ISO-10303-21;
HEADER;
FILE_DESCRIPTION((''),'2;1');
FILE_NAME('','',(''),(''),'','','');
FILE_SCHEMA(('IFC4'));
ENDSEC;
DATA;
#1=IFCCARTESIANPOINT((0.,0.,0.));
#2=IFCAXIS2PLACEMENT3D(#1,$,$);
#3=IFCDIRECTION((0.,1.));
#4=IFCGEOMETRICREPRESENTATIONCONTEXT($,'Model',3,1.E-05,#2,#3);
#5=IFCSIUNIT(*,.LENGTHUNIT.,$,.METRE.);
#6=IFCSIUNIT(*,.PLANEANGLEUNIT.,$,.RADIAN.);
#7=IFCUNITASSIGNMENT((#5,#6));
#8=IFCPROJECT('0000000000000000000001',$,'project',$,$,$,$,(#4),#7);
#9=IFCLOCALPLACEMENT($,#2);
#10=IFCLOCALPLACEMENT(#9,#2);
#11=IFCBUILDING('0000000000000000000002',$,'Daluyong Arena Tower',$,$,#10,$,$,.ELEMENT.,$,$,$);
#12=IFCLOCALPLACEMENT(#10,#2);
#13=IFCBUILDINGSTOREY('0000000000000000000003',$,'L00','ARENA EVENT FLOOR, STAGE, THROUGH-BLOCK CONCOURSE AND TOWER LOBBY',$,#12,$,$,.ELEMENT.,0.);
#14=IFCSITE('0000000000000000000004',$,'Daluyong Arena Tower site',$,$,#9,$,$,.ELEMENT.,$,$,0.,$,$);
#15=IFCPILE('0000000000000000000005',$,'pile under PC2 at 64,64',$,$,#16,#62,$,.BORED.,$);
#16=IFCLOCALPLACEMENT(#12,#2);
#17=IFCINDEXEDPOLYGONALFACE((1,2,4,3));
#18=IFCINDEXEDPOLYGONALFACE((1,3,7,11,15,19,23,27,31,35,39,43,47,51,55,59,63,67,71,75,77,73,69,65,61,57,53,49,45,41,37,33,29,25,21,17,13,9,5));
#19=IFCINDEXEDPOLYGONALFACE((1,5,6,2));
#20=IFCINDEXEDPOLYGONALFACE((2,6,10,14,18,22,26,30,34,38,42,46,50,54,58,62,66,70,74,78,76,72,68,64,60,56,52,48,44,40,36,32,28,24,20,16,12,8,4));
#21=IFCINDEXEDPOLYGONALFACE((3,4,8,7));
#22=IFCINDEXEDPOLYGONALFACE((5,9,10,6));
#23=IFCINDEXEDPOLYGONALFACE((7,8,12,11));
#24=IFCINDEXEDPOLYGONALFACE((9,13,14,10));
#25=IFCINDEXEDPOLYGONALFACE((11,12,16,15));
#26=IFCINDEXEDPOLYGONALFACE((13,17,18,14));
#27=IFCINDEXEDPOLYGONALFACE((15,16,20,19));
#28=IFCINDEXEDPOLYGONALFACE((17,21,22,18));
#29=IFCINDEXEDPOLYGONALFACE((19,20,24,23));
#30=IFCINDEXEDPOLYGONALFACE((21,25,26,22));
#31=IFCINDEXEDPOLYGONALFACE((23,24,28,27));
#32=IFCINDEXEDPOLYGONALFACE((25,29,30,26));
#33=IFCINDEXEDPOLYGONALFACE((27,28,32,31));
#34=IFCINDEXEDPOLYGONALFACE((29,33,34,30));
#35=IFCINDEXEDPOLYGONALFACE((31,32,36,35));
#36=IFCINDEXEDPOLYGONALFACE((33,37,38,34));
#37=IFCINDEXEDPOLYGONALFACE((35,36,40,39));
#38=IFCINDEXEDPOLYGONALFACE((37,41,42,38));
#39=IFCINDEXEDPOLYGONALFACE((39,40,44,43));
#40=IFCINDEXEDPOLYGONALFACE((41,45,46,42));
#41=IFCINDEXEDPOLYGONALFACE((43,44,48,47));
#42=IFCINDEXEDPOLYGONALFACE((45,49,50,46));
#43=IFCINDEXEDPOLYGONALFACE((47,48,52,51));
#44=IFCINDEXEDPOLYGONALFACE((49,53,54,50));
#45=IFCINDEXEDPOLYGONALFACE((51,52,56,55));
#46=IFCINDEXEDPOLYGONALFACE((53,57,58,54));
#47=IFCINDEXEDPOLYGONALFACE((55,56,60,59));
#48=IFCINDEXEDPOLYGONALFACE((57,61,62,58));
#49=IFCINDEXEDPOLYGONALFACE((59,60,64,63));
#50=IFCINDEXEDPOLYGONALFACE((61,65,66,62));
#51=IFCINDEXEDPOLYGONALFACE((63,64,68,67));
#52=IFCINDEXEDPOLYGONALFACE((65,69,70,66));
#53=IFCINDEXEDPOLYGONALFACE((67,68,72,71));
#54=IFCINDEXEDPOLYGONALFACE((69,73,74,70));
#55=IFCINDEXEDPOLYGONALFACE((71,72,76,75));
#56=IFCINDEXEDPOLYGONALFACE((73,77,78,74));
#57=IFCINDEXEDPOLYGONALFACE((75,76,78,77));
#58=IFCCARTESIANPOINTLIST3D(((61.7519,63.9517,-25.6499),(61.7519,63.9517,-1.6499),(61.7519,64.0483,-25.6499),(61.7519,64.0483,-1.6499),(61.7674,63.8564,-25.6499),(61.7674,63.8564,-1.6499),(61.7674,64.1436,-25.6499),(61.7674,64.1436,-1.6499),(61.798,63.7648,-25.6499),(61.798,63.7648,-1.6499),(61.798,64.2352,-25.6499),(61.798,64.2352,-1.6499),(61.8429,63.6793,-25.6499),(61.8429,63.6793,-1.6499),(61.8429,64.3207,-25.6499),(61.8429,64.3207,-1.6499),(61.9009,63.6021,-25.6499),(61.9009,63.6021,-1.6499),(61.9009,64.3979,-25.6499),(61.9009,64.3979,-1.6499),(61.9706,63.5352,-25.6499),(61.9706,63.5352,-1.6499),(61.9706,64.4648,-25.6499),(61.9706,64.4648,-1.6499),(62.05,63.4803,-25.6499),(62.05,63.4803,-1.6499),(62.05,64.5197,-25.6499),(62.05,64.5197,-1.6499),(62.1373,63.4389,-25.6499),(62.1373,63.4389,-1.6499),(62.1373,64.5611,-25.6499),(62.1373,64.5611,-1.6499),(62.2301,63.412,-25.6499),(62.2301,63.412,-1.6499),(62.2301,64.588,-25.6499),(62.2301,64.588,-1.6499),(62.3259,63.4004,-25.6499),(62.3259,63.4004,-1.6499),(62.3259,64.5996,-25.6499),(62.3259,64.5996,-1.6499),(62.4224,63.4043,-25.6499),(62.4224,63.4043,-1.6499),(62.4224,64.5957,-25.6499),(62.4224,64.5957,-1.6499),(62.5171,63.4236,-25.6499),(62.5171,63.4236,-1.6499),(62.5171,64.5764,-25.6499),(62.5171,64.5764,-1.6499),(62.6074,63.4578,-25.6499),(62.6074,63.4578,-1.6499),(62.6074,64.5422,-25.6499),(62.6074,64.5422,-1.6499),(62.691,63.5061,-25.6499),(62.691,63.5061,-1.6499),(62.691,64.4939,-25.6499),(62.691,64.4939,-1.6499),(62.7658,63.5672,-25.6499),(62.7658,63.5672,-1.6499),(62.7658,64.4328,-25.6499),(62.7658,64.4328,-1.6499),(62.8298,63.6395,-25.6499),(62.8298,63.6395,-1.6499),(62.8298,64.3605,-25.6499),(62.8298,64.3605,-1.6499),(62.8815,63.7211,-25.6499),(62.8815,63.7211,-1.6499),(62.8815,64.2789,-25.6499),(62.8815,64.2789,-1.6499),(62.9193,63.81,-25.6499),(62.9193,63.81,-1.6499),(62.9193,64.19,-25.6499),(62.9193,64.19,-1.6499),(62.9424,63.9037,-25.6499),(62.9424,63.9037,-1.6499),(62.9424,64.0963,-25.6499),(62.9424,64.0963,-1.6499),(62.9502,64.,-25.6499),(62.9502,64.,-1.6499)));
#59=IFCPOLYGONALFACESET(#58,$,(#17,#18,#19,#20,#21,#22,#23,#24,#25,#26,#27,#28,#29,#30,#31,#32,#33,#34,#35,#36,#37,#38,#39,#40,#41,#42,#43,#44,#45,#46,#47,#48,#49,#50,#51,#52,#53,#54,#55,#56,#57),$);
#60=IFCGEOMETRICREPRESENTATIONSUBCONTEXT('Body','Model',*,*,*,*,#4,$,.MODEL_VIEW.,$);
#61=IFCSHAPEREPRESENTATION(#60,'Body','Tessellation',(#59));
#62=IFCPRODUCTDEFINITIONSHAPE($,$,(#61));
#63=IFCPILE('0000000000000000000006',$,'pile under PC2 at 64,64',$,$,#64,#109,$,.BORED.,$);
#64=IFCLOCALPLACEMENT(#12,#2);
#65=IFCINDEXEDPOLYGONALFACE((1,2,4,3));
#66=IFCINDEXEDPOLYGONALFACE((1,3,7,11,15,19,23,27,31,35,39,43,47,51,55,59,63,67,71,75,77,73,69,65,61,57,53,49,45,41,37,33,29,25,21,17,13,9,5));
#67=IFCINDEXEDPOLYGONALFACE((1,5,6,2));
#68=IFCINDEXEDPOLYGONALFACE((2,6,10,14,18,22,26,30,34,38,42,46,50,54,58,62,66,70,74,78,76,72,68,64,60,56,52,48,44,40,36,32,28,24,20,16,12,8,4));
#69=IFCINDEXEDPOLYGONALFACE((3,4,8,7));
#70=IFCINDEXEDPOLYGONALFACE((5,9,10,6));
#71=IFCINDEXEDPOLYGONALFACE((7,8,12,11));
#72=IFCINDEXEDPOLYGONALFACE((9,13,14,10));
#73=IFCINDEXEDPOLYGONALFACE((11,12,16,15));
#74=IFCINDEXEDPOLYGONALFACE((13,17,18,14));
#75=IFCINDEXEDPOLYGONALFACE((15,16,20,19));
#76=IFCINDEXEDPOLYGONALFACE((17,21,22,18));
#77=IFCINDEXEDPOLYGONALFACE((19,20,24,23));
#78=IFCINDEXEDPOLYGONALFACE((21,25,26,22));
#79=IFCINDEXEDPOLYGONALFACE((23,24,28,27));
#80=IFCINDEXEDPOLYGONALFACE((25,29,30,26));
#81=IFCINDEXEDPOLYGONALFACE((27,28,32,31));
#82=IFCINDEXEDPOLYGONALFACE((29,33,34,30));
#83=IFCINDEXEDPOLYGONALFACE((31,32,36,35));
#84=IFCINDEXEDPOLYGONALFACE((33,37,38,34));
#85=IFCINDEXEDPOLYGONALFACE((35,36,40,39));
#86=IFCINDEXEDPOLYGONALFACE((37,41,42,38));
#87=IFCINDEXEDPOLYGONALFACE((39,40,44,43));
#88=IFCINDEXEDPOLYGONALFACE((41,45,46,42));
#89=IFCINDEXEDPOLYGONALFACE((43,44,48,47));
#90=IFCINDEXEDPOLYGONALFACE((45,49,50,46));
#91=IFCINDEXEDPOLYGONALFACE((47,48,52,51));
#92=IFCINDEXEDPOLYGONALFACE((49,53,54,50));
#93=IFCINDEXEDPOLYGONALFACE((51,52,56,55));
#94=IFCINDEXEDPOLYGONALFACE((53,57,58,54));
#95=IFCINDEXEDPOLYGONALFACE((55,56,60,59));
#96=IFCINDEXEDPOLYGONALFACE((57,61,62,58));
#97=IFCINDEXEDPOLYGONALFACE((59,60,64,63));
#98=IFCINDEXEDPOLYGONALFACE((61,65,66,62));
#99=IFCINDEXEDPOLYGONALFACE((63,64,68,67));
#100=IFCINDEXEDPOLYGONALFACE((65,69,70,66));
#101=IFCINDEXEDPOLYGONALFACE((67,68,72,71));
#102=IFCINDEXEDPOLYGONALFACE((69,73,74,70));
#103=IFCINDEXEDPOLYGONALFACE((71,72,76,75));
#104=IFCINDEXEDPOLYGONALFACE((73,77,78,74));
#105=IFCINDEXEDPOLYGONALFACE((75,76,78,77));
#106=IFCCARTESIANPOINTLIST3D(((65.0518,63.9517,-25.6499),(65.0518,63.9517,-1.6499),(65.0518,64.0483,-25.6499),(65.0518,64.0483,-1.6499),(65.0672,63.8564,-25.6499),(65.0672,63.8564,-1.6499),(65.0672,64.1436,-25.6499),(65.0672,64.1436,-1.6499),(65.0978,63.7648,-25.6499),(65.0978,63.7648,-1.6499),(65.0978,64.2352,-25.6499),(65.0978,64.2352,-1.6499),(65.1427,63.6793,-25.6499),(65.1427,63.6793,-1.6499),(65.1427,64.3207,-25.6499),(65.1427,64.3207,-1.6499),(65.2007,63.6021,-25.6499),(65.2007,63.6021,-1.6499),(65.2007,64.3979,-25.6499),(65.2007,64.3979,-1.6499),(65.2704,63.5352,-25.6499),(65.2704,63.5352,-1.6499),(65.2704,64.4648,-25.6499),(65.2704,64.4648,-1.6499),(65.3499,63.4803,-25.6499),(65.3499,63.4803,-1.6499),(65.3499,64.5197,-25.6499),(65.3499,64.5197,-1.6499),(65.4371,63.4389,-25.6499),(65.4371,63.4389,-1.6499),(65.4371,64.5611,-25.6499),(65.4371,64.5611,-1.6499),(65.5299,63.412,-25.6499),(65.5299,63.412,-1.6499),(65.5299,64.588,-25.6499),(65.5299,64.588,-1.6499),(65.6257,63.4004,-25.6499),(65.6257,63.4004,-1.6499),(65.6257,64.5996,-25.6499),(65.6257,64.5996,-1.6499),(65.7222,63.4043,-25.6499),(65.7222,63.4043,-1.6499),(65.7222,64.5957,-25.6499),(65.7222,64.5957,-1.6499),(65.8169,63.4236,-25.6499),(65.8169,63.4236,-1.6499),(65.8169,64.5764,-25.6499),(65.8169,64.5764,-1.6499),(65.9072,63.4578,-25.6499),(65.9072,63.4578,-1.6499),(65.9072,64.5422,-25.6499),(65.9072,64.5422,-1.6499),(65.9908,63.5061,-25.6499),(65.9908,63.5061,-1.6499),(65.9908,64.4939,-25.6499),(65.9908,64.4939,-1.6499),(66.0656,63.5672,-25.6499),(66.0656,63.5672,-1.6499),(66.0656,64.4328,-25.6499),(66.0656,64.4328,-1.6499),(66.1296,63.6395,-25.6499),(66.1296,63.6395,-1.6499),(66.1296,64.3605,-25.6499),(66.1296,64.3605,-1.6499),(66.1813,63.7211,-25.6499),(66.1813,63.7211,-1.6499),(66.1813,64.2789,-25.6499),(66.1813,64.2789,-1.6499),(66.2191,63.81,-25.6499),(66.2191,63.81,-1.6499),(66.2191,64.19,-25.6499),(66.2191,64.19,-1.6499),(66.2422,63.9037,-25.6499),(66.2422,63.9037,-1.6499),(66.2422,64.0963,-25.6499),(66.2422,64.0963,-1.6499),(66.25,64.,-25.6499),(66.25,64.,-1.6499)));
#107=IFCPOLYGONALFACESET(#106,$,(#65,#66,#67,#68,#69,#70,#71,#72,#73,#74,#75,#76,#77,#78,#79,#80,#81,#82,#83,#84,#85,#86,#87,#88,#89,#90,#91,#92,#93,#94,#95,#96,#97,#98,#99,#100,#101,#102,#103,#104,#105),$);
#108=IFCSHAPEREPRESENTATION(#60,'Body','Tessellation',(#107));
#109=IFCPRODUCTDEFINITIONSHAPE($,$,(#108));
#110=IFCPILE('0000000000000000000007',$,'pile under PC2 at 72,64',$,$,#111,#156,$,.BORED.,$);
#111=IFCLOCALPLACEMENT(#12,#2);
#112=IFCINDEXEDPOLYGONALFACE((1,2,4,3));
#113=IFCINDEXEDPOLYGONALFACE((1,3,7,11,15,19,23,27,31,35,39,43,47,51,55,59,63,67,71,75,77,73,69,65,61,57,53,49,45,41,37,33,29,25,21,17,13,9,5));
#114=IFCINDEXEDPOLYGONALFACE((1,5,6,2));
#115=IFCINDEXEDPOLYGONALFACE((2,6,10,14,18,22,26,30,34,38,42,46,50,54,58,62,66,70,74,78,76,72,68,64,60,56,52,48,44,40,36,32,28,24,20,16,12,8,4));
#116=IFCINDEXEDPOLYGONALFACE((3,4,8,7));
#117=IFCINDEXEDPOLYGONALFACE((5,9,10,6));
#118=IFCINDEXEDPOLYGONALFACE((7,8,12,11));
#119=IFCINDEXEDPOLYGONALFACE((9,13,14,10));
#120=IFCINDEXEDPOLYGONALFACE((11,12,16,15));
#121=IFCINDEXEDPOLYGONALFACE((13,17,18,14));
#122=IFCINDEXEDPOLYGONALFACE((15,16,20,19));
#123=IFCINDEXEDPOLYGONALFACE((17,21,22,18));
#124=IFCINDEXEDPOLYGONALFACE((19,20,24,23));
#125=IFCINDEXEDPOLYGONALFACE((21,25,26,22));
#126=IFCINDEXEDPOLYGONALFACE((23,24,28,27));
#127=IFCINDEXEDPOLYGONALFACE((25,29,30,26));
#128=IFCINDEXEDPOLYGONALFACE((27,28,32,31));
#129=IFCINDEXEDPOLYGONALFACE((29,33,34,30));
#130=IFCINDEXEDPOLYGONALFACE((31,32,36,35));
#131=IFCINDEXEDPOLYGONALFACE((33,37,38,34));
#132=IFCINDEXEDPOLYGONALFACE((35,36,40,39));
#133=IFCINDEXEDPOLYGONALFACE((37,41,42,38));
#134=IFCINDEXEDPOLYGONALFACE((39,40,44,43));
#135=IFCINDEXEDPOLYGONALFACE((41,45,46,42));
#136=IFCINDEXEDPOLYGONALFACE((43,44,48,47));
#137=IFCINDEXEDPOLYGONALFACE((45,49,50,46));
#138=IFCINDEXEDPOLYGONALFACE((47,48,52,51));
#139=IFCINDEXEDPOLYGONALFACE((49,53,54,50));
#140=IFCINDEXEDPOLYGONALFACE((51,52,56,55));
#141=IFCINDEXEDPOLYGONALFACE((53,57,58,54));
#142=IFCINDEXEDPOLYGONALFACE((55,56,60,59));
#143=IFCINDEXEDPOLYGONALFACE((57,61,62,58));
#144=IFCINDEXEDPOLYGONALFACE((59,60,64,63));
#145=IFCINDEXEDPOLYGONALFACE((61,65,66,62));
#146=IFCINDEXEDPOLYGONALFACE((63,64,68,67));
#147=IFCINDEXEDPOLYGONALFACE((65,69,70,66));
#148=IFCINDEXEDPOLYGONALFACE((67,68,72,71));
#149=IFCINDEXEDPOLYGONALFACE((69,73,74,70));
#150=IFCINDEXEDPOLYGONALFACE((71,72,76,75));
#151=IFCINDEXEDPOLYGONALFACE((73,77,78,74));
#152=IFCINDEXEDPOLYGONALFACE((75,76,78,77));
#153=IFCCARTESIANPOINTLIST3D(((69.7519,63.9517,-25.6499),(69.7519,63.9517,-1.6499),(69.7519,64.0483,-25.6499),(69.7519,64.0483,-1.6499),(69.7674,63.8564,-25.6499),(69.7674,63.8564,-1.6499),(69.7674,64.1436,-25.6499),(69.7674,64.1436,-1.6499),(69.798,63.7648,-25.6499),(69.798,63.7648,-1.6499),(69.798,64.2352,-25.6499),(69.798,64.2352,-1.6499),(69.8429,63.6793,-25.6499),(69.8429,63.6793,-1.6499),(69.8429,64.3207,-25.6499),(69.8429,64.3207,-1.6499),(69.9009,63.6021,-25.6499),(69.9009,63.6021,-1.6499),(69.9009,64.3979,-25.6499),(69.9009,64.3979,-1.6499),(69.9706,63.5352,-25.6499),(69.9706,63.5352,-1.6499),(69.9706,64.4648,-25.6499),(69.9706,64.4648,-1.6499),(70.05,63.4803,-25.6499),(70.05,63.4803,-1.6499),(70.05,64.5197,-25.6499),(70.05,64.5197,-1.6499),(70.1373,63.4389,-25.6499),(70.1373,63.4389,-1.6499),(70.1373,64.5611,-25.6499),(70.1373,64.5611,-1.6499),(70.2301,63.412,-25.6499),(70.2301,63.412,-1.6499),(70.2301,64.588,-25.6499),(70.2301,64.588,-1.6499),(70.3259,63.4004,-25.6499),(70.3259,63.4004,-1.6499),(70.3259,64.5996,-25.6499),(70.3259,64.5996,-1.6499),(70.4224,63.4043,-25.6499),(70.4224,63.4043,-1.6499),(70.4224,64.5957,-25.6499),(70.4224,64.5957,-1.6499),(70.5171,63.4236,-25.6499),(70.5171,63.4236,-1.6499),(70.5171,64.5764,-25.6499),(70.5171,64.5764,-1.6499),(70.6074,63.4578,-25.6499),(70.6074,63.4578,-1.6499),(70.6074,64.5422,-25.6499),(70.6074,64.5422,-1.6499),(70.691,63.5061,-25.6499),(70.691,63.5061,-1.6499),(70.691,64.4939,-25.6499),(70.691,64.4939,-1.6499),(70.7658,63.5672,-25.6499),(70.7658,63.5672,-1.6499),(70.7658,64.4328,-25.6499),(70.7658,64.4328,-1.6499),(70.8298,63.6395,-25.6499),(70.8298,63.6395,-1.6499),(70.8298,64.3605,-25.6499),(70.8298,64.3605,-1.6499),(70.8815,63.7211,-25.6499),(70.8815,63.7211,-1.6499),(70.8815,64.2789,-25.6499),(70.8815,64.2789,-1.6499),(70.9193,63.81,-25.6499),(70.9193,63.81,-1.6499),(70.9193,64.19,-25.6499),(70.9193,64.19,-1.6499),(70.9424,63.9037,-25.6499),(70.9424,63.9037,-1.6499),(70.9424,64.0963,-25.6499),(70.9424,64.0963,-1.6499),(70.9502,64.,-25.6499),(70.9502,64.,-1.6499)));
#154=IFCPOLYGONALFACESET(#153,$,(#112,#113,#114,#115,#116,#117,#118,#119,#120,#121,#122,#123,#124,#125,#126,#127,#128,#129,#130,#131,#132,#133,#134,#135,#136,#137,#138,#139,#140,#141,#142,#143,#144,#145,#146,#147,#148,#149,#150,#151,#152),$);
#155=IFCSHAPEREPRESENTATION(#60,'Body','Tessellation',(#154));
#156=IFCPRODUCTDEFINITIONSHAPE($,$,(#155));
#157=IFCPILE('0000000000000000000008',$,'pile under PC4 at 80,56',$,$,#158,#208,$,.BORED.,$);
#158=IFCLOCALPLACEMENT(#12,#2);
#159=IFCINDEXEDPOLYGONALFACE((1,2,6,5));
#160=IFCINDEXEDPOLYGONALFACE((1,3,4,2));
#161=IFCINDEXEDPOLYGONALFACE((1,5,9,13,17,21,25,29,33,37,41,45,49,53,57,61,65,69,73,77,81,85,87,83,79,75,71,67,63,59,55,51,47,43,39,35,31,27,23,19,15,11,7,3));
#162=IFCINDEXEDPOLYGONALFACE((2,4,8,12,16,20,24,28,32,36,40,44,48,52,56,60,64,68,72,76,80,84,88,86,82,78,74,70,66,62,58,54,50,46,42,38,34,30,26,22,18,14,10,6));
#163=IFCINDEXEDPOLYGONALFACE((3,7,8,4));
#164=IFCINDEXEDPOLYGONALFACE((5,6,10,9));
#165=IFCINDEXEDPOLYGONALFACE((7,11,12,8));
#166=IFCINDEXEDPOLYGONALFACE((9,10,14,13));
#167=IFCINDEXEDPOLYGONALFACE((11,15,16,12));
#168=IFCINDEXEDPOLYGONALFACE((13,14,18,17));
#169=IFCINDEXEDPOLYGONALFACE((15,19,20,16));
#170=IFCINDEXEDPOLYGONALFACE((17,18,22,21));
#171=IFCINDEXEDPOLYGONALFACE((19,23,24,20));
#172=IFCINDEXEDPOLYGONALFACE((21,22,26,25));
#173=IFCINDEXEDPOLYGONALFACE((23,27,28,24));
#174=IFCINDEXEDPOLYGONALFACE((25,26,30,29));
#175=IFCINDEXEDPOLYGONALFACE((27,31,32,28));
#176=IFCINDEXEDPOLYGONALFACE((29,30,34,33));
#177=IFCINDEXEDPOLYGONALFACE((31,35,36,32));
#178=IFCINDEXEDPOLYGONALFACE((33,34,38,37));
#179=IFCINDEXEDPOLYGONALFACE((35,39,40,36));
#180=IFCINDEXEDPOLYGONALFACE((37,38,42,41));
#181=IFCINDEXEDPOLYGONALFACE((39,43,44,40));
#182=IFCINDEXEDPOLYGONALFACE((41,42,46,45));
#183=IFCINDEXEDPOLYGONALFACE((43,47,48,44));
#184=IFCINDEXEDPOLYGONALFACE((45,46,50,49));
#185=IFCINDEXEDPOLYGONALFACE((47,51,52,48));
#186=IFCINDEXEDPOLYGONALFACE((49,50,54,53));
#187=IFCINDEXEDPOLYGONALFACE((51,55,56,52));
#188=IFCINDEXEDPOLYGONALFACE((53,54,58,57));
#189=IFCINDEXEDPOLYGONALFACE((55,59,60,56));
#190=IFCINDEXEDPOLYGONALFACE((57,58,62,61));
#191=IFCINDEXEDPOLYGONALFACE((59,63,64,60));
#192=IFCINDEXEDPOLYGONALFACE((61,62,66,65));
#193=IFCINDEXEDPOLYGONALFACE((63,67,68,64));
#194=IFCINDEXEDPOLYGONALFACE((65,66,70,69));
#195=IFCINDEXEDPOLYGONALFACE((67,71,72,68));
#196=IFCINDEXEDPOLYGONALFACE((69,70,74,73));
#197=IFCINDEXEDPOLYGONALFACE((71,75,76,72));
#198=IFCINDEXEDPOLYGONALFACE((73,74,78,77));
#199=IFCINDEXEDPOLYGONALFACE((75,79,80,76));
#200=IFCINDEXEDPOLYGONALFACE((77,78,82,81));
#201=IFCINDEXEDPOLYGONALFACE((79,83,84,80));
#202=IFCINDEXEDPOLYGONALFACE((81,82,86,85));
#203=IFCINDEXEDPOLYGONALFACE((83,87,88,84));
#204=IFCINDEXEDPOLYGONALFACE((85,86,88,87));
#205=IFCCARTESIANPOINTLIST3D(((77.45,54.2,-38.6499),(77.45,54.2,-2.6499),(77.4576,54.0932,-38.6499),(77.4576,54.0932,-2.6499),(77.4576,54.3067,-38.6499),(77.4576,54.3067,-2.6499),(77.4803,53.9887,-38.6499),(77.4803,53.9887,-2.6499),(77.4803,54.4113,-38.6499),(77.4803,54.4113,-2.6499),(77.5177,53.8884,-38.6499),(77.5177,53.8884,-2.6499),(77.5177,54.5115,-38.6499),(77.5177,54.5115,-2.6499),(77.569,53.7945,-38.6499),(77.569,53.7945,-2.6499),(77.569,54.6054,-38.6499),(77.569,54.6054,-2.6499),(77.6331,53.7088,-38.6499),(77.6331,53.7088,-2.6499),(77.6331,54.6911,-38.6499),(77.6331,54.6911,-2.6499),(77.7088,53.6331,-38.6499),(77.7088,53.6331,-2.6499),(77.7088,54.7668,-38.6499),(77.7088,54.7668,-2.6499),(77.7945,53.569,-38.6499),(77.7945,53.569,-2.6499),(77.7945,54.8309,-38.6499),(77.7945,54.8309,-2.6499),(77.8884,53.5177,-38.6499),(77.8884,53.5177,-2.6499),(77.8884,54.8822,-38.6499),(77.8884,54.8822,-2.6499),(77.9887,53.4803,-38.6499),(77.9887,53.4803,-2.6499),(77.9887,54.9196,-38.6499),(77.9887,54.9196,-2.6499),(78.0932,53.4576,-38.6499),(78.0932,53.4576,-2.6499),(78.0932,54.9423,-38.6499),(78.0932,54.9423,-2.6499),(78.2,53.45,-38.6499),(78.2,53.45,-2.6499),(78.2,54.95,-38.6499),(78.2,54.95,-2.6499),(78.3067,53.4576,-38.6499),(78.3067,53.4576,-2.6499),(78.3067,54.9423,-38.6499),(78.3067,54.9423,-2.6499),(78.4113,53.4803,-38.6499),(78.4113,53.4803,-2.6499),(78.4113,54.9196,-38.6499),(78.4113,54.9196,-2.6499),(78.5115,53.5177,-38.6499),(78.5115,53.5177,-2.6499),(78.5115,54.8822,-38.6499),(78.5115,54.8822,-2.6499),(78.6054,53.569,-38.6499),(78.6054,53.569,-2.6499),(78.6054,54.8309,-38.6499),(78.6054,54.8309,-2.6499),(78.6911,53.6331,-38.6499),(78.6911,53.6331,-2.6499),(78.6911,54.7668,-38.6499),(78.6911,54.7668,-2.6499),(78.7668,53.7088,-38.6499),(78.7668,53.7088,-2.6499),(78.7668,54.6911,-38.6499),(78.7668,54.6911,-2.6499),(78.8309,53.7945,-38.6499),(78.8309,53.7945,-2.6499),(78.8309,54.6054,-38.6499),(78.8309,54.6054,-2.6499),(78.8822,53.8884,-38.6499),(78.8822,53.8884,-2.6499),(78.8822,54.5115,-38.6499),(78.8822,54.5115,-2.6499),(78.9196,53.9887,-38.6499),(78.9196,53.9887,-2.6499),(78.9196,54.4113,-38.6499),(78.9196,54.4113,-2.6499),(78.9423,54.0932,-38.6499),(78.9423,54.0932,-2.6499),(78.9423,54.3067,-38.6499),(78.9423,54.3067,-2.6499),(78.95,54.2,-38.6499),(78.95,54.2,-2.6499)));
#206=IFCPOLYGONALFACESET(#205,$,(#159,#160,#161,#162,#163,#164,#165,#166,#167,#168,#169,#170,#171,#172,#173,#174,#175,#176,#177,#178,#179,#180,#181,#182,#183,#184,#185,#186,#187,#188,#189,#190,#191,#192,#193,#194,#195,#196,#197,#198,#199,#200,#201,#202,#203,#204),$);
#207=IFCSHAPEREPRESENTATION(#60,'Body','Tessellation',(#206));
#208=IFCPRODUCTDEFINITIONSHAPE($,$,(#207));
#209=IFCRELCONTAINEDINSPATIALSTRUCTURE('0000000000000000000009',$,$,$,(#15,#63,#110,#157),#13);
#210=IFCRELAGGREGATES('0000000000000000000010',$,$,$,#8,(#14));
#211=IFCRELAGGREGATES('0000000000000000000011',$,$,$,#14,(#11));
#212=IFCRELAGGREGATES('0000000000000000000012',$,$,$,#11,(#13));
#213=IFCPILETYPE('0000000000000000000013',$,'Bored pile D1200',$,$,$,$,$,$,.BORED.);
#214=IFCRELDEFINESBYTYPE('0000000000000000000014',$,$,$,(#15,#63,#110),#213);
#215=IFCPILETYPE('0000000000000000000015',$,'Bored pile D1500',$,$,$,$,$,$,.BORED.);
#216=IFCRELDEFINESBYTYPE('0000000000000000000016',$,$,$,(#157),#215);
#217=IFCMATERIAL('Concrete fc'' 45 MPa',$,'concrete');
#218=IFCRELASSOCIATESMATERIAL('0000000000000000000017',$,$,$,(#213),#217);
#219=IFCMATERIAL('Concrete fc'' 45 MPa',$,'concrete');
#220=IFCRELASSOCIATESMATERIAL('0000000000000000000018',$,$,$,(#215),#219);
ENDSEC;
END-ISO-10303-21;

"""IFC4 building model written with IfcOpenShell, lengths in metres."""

from ifc_helpers import new_model, si_unit, direction, frame, origin, origin_2d, place, context, subcontext, project, spatial, circle, extrude, material, type_object, element, save


model = new_model("IFC4")

# Units and contexts
model_context = context("Model", 3, precision=1e-05, world=origin(), true_north=direction((0.0, 1.0)))
body_context = subcontext(model_context, "Body", "Model", "MODEL_VIEW")
ifc_project = project(units=[si_unit("LENGTHUNIT", "METRE"), si_unit("PLANEANGLEUNIT", "RADIAN")], contexts=[model_context])

# Site, building, storey
site_placement = place(None, origin())
site = spatial("IfcSite", under=ifc_project, at=site_placement, Name="Daluyong Arena Tower site", CompositionType="ELEMENT", RefElevation=0.0)
building_placement = place(site_placement, origin())
building = spatial("IfcBuilding", under=site, at=building_placement, Name="Daluyong Arena Tower", CompositionType="ELEMENT")
storey_placement = place(building_placement, origin())
storey = spatial("IfcBuildingStorey", under=building, at=storey_placement, Name="L00", Description="ARENA EVENT FLOOR, STAGE, THROUGH-BLOCK CONCOURSE AND TOWER LOBBY", CompositionType="ELEMENT", Elevation=0.0)

# Piles
ifc_material_1 = material(Name="Concrete fc' 45 MPa", Category="concrete")
pile_type_1 = type_object("IfcPileType", Name="Bored pile D1200", PredefinedType="BORED", material=ifc_material_1)
for number, where, z_axis, x_axis, name in (
    (1, (62.3501, 64.0, -1.6499), (0.0, 0.0, -1.0), (1.0, 0.0, 0.0), "pile under PC2 at 64,64"),
    (2, (65.6499, 64.0, -1.6499), (0.0, 0.0, -1.0), (1.0, 0.0, 0.0), "pile under PC2 at 64,64"),
    (3, (70.3501, 64.0, -1.6499), (0.0, 0.0, -1.0), (1.0, 0.0, 0.0), "pile under PC2 at 72,64"),
):
    element("IfcPile", number, at=place(storey_placement, frame(where, z_axis=z_axis, x_axis=x_axis)), inside=storey, type_object=pile_type_1, Name=name, PredefinedType="BORED", context=body_context, shape_type="SweptSolid", body=[
        extrude(circle(Radius=0.6001, at=origin_2d()), origin(), (0.0, 0.0, 1.0), 24.0),
    ])
ifc_material_2 = material(Name="Concrete fc' 45 MPa", Category="concrete")
pile_type_2 = type_object("IfcPileType", Name="Bored pile D1500", PredefinedType="BORED", material=ifc_material_2)
for number, where, z_axis, x_axis, name in (
    (4, (78.2, 54.2, -2.6499), (0.0, 0.0, -1.0), (1.0, 0.0, 0.0), "pile under PC4 at 80,56"),
):
    element("IfcPile", number, at=place(storey_placement, frame(where, z_axis=z_axis, x_axis=x_axis)), inside=storey, type_object=pile_type_2, Name=name, PredefinedType="BORED", context=body_context, shape_type="SweptSolid", body=[
        extrude(circle(Radius=0.75, at=origin_2d()), origin(), (0.0, 0.0, 1.0), 36.0),
    ])

save(model, "model.ifc")
